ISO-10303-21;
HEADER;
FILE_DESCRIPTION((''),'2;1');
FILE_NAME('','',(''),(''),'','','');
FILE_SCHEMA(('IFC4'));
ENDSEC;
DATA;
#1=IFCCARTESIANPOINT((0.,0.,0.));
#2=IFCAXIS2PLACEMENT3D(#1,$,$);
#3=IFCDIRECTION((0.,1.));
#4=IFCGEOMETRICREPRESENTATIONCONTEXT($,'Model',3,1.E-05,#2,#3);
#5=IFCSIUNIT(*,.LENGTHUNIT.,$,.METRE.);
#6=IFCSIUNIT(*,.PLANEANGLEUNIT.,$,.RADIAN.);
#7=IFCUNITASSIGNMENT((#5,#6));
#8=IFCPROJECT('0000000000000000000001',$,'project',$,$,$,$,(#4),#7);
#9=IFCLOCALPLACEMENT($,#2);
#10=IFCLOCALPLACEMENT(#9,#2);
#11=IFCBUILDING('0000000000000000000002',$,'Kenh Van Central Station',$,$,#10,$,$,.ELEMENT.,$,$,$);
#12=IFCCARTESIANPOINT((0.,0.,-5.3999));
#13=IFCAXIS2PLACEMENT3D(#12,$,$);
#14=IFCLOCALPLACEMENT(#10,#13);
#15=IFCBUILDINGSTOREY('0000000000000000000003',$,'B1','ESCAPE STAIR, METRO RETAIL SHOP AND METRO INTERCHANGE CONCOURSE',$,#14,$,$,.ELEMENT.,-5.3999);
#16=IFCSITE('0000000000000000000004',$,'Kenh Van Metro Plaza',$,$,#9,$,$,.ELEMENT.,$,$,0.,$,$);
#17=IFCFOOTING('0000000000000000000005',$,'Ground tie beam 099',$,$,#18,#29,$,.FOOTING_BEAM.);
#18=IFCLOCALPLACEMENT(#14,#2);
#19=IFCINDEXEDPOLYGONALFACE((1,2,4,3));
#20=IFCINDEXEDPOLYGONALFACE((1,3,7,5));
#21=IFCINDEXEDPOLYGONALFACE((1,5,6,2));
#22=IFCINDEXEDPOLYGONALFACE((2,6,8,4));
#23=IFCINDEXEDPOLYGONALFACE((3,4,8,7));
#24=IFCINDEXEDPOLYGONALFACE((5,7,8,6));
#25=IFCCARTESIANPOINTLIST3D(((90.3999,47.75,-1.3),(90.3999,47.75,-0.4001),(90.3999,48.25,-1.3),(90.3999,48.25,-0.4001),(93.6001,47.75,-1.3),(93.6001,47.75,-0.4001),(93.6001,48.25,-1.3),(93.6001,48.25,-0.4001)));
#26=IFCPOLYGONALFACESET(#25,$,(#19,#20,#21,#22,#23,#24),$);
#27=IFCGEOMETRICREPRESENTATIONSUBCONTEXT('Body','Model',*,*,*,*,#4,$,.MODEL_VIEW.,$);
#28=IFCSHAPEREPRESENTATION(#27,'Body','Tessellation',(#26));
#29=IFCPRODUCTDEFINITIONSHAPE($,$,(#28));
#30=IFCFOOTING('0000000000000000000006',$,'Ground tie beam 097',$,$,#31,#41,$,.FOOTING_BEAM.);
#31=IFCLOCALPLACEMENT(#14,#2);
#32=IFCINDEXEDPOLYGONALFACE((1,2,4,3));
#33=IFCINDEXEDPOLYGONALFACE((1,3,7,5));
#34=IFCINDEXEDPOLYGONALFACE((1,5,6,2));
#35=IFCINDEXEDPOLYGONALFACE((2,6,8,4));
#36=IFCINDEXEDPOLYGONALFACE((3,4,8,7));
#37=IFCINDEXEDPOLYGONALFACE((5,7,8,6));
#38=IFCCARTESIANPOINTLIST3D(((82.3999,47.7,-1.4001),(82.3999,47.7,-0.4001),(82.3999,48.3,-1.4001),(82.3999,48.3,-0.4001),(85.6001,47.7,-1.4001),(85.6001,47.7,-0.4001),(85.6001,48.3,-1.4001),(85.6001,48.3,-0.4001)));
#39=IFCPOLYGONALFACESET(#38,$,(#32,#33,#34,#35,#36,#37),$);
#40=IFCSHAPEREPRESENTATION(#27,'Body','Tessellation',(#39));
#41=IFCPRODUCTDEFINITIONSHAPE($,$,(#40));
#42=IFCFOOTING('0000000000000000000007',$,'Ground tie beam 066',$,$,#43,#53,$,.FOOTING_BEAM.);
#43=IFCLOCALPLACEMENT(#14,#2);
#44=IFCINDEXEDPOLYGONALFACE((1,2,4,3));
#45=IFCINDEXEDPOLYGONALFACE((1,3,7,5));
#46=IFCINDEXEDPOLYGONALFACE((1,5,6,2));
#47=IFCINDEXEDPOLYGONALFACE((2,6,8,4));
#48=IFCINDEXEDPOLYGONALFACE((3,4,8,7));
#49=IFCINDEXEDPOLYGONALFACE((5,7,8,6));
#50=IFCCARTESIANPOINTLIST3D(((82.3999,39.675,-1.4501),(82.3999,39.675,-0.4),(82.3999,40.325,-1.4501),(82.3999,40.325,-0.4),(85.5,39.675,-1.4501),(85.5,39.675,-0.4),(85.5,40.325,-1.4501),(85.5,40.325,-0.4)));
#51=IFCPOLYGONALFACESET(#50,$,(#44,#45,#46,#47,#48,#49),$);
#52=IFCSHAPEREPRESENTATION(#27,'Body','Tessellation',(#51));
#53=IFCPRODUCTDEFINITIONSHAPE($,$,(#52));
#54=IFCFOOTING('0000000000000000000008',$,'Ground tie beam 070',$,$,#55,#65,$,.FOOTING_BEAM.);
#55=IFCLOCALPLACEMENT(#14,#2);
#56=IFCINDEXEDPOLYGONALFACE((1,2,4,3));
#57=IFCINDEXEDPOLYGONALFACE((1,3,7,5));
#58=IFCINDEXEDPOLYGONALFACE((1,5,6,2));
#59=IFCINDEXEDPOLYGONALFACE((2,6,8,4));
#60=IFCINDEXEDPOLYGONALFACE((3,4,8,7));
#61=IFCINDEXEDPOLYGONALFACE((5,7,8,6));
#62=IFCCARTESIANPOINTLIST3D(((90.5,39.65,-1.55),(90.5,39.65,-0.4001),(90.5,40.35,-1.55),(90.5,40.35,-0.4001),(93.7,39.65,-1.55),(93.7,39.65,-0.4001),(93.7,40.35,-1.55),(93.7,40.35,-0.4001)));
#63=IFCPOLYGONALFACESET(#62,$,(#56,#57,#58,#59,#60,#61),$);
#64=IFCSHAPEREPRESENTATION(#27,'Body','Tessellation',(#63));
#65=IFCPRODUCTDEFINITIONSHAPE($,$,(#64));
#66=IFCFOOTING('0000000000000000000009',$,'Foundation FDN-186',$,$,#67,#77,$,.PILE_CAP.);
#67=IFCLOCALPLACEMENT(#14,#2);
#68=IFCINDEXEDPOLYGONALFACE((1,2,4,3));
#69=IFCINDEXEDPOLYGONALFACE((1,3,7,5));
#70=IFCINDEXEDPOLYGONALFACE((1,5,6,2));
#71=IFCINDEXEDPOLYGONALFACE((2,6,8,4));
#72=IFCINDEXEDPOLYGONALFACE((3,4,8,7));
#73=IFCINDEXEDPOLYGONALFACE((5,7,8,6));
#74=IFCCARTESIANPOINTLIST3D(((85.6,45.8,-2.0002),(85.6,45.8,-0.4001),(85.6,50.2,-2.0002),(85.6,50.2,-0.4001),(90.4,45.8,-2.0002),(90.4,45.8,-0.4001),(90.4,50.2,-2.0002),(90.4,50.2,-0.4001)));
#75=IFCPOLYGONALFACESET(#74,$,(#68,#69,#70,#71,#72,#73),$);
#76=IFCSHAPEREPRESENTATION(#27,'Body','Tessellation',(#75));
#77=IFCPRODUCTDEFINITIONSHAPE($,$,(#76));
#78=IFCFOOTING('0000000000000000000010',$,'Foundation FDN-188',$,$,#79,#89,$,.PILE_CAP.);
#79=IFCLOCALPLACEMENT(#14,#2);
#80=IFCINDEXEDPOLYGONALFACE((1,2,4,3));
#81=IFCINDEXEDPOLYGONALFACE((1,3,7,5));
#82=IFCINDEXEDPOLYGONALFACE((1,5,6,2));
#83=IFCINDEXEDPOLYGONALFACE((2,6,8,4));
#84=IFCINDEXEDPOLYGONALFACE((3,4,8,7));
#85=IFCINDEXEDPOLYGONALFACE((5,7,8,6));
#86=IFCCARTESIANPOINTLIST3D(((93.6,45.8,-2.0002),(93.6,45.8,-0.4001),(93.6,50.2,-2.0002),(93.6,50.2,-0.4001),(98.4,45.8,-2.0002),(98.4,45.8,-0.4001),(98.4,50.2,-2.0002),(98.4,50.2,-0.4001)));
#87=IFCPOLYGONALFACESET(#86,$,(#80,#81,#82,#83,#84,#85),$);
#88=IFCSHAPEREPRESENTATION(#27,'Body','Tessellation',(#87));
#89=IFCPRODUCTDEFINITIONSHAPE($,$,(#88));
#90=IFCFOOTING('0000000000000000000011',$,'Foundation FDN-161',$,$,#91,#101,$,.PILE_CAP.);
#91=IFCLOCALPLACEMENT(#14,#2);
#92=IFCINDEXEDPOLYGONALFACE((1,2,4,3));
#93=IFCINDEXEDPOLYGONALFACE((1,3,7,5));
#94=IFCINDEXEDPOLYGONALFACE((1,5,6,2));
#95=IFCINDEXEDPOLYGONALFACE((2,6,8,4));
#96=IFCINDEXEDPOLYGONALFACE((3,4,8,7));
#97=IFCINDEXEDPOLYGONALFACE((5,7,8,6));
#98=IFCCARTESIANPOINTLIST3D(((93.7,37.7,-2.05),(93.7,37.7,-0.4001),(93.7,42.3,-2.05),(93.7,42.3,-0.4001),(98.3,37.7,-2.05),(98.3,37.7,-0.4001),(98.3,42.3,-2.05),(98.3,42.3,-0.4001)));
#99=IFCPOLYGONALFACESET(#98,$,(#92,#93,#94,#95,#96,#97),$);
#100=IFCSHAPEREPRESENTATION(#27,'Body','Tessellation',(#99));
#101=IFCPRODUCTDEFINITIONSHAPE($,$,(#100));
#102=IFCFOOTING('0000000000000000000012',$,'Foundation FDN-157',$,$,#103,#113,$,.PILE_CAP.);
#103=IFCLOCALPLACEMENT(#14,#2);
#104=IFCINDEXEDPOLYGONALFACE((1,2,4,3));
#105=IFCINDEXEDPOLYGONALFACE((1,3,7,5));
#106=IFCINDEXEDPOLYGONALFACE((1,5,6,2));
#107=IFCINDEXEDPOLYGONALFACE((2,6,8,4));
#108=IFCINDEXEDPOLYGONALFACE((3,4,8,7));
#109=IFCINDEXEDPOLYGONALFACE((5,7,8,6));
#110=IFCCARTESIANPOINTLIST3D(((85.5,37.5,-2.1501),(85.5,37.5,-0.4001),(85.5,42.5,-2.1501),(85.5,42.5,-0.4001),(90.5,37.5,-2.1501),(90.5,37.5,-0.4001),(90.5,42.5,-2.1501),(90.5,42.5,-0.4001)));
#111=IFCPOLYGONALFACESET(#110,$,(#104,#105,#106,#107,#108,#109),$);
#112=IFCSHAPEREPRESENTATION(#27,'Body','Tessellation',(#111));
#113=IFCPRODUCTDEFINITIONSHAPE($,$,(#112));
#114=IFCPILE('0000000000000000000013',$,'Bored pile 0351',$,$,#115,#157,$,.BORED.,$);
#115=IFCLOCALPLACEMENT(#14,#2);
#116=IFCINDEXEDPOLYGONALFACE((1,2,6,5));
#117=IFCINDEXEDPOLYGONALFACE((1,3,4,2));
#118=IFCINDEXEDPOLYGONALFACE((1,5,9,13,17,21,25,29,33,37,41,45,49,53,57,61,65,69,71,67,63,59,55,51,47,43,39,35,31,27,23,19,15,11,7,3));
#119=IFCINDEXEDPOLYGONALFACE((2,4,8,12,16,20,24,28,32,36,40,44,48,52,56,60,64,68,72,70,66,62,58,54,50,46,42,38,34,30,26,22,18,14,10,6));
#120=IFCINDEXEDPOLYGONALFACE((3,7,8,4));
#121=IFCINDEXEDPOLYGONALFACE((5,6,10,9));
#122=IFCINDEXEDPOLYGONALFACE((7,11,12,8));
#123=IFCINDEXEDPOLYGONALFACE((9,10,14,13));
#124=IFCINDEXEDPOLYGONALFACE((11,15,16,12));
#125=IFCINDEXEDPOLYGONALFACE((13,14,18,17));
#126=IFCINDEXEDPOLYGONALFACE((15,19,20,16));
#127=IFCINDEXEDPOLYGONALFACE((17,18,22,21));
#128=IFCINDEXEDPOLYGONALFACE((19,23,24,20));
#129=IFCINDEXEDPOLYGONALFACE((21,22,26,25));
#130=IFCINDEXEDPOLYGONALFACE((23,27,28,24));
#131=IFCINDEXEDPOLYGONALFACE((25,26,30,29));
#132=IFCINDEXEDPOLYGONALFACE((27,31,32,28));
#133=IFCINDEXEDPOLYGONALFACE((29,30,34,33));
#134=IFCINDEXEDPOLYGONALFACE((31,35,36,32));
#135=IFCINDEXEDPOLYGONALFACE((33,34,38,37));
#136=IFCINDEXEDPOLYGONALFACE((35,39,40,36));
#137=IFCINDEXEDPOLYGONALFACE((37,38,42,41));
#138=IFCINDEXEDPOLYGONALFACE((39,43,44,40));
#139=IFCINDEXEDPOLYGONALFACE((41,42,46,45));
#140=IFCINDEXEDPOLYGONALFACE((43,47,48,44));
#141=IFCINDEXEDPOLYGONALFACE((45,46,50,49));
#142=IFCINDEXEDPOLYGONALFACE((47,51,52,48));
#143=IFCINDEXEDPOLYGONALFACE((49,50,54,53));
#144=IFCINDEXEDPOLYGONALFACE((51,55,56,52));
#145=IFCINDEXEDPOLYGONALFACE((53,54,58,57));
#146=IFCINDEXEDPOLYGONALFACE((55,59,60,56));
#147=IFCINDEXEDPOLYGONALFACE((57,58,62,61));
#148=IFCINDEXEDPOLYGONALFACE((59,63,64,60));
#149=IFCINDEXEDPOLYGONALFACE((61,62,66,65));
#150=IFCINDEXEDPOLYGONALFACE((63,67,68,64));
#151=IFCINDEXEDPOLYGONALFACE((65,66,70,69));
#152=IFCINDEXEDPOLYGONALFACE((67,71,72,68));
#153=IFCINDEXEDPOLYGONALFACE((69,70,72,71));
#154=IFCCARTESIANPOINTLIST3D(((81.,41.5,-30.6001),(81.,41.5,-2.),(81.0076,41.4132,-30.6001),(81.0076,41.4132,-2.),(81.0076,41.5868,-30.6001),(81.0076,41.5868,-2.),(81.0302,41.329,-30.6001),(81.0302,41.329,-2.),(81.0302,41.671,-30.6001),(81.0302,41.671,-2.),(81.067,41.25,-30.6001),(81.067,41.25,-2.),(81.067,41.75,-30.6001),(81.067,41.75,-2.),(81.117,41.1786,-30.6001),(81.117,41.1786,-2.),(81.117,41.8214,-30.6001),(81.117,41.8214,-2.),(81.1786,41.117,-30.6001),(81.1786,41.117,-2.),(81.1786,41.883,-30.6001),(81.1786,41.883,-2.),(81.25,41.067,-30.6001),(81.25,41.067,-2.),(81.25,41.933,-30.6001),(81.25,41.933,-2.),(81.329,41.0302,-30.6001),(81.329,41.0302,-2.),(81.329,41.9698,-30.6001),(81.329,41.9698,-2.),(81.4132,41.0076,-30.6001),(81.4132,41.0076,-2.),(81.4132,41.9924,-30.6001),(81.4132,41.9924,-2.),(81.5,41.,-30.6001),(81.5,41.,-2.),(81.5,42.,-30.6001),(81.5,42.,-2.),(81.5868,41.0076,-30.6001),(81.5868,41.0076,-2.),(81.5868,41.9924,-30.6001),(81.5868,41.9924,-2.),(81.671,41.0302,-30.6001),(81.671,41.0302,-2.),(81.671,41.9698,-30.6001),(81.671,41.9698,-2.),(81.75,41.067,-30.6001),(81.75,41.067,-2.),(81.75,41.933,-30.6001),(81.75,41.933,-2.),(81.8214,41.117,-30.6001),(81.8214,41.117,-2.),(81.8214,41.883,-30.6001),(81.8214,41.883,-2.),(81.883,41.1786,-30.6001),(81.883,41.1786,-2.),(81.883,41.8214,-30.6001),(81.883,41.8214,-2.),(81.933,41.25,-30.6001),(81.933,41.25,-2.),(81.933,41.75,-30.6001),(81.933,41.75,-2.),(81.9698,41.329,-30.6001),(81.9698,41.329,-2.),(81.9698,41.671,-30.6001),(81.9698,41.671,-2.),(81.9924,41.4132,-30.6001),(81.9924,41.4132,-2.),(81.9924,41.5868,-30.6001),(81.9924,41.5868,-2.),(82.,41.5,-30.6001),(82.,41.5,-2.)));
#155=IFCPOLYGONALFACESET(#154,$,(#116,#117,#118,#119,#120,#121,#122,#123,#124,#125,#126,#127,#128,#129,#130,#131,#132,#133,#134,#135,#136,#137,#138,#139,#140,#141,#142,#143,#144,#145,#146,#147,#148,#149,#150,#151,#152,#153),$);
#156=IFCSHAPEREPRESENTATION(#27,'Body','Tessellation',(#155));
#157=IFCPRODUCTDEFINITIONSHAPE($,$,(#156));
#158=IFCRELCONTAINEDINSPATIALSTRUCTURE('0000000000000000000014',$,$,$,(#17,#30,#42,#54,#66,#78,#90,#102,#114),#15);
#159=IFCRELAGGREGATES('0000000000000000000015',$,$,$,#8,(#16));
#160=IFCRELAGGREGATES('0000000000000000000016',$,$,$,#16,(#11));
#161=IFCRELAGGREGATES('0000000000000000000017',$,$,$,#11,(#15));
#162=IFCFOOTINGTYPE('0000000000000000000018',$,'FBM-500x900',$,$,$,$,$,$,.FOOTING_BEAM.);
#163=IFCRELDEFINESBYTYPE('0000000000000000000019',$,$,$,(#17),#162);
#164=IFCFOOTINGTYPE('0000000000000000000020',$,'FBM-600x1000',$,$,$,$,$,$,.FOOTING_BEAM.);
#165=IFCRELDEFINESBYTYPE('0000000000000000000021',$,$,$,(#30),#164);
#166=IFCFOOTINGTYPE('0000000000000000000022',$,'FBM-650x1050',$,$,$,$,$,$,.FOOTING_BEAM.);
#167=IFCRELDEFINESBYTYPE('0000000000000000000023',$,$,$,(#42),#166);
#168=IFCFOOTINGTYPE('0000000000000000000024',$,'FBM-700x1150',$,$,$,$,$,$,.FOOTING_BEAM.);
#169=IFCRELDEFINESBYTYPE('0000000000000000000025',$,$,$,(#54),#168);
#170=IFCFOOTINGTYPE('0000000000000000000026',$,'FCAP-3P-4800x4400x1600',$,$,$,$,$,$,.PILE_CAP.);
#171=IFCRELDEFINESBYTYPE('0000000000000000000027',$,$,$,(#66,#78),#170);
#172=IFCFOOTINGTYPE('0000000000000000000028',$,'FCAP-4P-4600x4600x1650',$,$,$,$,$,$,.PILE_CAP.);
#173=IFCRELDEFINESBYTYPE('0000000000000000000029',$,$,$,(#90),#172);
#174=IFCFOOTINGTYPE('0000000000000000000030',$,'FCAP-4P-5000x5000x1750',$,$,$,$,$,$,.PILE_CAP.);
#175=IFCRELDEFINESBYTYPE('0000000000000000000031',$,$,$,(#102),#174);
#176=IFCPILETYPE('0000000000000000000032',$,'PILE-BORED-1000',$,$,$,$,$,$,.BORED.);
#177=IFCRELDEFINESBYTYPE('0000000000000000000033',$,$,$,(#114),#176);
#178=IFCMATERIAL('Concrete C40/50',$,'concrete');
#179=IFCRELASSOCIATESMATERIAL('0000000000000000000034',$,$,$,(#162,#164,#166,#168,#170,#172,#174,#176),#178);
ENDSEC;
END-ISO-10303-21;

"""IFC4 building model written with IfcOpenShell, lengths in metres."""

from ifc_helpers import new_model, si_unit, direction, frame, origin, origin_2d, place, context, subcontext, project, spatial, rectangle, circle, extrude, material, material_profile, profile_set, type_object, element, save


model = new_model("IFC4")

# Units and contexts
model_context = context("Model", 3, precision=1e-05, world=origin(), true_north=direction((0.0, 1.0)))
body_context = subcontext(model_context, "Body", "Model", "MODEL_VIEW")
ifc_project = project(units=[si_unit("LENGTHUNIT", "METRE"), si_unit("PLANEANGLEUNIT", "RADIAN")], contexts=[model_context])

# Site, building, storey
site_placement = place(None, origin())
site = spatial("IfcSite", under=ifc_project, at=site_placement, Name="Kenh Van Metro Plaza", CompositionType="ELEMENT", RefElevation=0.0)
building_placement = place(site_placement, origin())
building = spatial("IfcBuilding", under=site, at=building_placement, Name="Kenh Van Central Station", CompositionType="ELEMENT")
storey_placement = place(building_placement, frame((0.0, 0.0, -5.3999)))
storey = spatial("IfcBuildingStorey", under=building, at=storey_placement, Name="B1", Description="ESCAPE STAIR, METRO RETAIL SHOP AND METRO INTERCHANGE CONCOURSE", CompositionType="ELEMENT", Elevation=-5.3999)

# Footings
ifc_material_1 = material(Name="Concrete C40/50", Category="concrete")
ifc_material_profile_1 = material_profile(ifc_material_1, rectangle(XDim=0.5, YDim=0.8999, at=origin_2d()), Name="RC 500x900")
ifc_profile_set_1 = profile_set([ifc_material_profile_1], Name="Concrete C40/50")
footing_type_1 = type_object("IfcFootingType", Name="FBM-500x900", PredefinedType="FOOTING_BEAM", material=ifc_profile_set_1)
footing_1_placement = place(storey_placement, frame((90.3999, 48.0, -0.8501), z_axis=(1.0, 0.0, 0.0), x_axis=(0.0, 1.0, 0.0)))
element("IfcFooting", 1, at=footing_1_placement, inside=storey, type_object=footing_type_1, Name="Ground tie beam 099", PredefinedType="FOOTING_BEAM", context=body_context, shape_type="SweptSolid", body=[
    extrude(rectangle(XDim=0.5, YDim=0.8999, at=origin_2d()), origin(), (0.0, 0.0, 1.0), 3.2002),
])
ifc_material_profile_2 = material_profile(ifc_material_1, rectangle(XDim=0.6001, YDim=1.0, at=origin_2d()), Name="RC 600x1000")
ifc_profile_set_2 = profile_set([ifc_material_profile_2], Name="Concrete C40/50")
footing_type_2 = type_object("IfcFootingType", Name="FBM-600x1000", PredefinedType="FOOTING_BEAM", material=ifc_profile_set_2)
footing_2_placement = place(storey_placement, frame((82.3999, 48.0, -0.9001), z_axis=(1.0, 0.0, 0.0), x_axis=(0.0, 1.0, 0.0)))
element("IfcFooting", 2, at=footing_2_placement, inside=storey, type_object=footing_type_2, Name="Ground tie beam 097", PredefinedType="FOOTING_BEAM", context=body_context, shape_type="SweptSolid", body=[
    extrude(rectangle(XDim=0.6001, YDim=1.0, at=origin_2d()), origin(), (0.0, 0.0, 1.0), 3.2002),
])
ifc_material_profile_3 = material_profile(ifc_material_1, rectangle(XDim=0.6499, YDim=1.05, at=origin_2d()), Name="RC 650x1050")
ifc_profile_set_3 = profile_set([ifc_material_profile_3], Name="Concrete C40/50")
footing_type_3 = type_object("IfcFootingType", Name="FBM-650x1050", PredefinedType="FOOTING_BEAM", material=ifc_profile_set_3)
footing_3_placement = place(storey_placement, frame((82.3999, 40.0, -0.925), z_axis=(1.0, 0.0, 0.0), x_axis=(0.0, 1.0, 0.0)))
element("IfcFooting", 3, at=footing_3_placement, inside=storey, type_object=footing_type_3, Name="Ground tie beam 066", PredefinedType="FOOTING_BEAM", context=body_context, shape_type="SweptSolid", body=[
    extrude(rectangle(XDim=0.6499, YDim=1.05, at=origin_2d()), origin(), (0.0, 0.0, 1.0), 3.1001),
])
ifc_material_profile_4 = material_profile(ifc_material_1, rectangle(XDim=0.7, YDim=1.1499, at=origin_2d()), Name="RC 700x1150")
ifc_profile_set_4 = profile_set([ifc_material_profile_4], Name="Concrete C40/50")
footing_type_4 = type_object("IfcFootingType", Name="FBM-700x1150", PredefinedType="FOOTING_BEAM", material=ifc_profile_set_4)
footing_4_placement = place(storey_placement, frame((90.5, 40.0, -0.9751), z_axis=(1.0, 0.0, 0.0), x_axis=(0.0, 1.0, 0.0)))
element("IfcFooting", 4, at=footing_4_placement, inside=storey, type_object=footing_type_4, Name="Ground tie beam 070", PredefinedType="FOOTING_BEAM", context=body_context, shape_type="SweptSolid", body=[
    extrude(rectangle(XDim=0.7, YDim=1.1499, at=origin_2d()), origin(), (0.0, 0.0, 1.0), 3.2),
])
footing_type_5 = type_object("IfcFootingType", Name="FCAP-3P-4800x4400x1600", PredefinedType="PILE_CAP", material=ifc_material_1)
for number, where, z_axis, x_axis, name in (
    (5, (88.0, 48.0, -2.0002), (0.0, 0.0, 1.0), (1.0, 0.0, 0.0), "Foundation FDN-186"),
    (6, (96.0, 48.0, -2.0002), (0.0, 0.0, 1.0), (1.0, 0.0, 0.0), "Foundation FDN-188"),
):
    element("IfcFooting", number, at=place(storey_placement, frame(where, z_axis=z_axis, x_axis=x_axis)), inside=storey, type_object=footing_type_5, Name=name, PredefinedType="PILE_CAP", context=body_context, shape_type="SweptSolid", body=[
        extrude(rectangle(XDim=4.8, YDim=4.3999, at=origin_2d()), origin(), (0.0, 0.0, 1.0), 1.6001),
    ])
footing_type_6 = type_object("IfcFootingType", Name="FCAP-4P-4600x4600x1650", PredefinedType="PILE_CAP", material=ifc_material_1)
footing_5_placement = place(storey_placement, frame((96.0, 40.0, -2.05), z_axis=(0.0, 0.0, 1.0), x_axis=(1.0, 0.0, 0.0)))
element("IfcFooting", 7, at=footing_5_placement, inside=storey, type_object=footing_type_6, Name="Foundation FDN-161", PredefinedType="PILE_CAP", context=body_context, shape_type="SweptSolid", body=[
    extrude(rectangle(XDim=4.6001, YDim=4.6001, at=origin_2d()), origin(), (0.0, 0.0, 1.0), 1.6499),
])
footing_type_7 = type_object("IfcFootingType", Name="FCAP-4P-5000x5000x1750", PredefinedType="PILE_CAP", material=ifc_material_1)
footing_6_placement = place(storey_placement, frame((88.0, 40.0, -2.1501), z_axis=(0.0, 0.0, 1.0), x_axis=(1.0, 0.0, 0.0)))
element("IfcFooting", 8, at=footing_6_placement, inside=storey, type_object=footing_type_7, Name="Foundation FDN-157", PredefinedType="PILE_CAP", context=body_context, shape_type="SweptSolid", body=[
    extrude(rectangle(XDim=5.0, YDim=5.0, at=origin_2d()), origin(), (0.0, 0.0, 1.0), 1.75),
])

# Pile
ifc_material_profile_5 = material_profile(ifc_material_1, circle(Radius=0.5, at=origin_2d()), Name="PILE D1000")
ifc_profile_set_5 = profile_set([ifc_material_profile_5], Name="Concrete C40/50")
pile_type = type_object("IfcPileType", Name="PILE-BORED-1000", PredefinedType="BORED", material=ifc_profile_set_5)
pile_placement = place(storey_placement, frame((81.5, 41.5, -2.0), z_axis=(0.0, 0.0, -1.0), x_axis=(1.0, 0.0, 0.0)))
element("IfcPile", 9, at=pile_placement, inside=storey, type_object=pile_type, Name="Bored pile 0351", PredefinedType="BORED", context=body_context, shape_type="SweptSolid", body=[
    extrude(circle(Radius=0.5, at=origin_2d()), origin(), (0.0, 0.0, 1.0), 28.6001),
])

save(model, "model.ifc")
